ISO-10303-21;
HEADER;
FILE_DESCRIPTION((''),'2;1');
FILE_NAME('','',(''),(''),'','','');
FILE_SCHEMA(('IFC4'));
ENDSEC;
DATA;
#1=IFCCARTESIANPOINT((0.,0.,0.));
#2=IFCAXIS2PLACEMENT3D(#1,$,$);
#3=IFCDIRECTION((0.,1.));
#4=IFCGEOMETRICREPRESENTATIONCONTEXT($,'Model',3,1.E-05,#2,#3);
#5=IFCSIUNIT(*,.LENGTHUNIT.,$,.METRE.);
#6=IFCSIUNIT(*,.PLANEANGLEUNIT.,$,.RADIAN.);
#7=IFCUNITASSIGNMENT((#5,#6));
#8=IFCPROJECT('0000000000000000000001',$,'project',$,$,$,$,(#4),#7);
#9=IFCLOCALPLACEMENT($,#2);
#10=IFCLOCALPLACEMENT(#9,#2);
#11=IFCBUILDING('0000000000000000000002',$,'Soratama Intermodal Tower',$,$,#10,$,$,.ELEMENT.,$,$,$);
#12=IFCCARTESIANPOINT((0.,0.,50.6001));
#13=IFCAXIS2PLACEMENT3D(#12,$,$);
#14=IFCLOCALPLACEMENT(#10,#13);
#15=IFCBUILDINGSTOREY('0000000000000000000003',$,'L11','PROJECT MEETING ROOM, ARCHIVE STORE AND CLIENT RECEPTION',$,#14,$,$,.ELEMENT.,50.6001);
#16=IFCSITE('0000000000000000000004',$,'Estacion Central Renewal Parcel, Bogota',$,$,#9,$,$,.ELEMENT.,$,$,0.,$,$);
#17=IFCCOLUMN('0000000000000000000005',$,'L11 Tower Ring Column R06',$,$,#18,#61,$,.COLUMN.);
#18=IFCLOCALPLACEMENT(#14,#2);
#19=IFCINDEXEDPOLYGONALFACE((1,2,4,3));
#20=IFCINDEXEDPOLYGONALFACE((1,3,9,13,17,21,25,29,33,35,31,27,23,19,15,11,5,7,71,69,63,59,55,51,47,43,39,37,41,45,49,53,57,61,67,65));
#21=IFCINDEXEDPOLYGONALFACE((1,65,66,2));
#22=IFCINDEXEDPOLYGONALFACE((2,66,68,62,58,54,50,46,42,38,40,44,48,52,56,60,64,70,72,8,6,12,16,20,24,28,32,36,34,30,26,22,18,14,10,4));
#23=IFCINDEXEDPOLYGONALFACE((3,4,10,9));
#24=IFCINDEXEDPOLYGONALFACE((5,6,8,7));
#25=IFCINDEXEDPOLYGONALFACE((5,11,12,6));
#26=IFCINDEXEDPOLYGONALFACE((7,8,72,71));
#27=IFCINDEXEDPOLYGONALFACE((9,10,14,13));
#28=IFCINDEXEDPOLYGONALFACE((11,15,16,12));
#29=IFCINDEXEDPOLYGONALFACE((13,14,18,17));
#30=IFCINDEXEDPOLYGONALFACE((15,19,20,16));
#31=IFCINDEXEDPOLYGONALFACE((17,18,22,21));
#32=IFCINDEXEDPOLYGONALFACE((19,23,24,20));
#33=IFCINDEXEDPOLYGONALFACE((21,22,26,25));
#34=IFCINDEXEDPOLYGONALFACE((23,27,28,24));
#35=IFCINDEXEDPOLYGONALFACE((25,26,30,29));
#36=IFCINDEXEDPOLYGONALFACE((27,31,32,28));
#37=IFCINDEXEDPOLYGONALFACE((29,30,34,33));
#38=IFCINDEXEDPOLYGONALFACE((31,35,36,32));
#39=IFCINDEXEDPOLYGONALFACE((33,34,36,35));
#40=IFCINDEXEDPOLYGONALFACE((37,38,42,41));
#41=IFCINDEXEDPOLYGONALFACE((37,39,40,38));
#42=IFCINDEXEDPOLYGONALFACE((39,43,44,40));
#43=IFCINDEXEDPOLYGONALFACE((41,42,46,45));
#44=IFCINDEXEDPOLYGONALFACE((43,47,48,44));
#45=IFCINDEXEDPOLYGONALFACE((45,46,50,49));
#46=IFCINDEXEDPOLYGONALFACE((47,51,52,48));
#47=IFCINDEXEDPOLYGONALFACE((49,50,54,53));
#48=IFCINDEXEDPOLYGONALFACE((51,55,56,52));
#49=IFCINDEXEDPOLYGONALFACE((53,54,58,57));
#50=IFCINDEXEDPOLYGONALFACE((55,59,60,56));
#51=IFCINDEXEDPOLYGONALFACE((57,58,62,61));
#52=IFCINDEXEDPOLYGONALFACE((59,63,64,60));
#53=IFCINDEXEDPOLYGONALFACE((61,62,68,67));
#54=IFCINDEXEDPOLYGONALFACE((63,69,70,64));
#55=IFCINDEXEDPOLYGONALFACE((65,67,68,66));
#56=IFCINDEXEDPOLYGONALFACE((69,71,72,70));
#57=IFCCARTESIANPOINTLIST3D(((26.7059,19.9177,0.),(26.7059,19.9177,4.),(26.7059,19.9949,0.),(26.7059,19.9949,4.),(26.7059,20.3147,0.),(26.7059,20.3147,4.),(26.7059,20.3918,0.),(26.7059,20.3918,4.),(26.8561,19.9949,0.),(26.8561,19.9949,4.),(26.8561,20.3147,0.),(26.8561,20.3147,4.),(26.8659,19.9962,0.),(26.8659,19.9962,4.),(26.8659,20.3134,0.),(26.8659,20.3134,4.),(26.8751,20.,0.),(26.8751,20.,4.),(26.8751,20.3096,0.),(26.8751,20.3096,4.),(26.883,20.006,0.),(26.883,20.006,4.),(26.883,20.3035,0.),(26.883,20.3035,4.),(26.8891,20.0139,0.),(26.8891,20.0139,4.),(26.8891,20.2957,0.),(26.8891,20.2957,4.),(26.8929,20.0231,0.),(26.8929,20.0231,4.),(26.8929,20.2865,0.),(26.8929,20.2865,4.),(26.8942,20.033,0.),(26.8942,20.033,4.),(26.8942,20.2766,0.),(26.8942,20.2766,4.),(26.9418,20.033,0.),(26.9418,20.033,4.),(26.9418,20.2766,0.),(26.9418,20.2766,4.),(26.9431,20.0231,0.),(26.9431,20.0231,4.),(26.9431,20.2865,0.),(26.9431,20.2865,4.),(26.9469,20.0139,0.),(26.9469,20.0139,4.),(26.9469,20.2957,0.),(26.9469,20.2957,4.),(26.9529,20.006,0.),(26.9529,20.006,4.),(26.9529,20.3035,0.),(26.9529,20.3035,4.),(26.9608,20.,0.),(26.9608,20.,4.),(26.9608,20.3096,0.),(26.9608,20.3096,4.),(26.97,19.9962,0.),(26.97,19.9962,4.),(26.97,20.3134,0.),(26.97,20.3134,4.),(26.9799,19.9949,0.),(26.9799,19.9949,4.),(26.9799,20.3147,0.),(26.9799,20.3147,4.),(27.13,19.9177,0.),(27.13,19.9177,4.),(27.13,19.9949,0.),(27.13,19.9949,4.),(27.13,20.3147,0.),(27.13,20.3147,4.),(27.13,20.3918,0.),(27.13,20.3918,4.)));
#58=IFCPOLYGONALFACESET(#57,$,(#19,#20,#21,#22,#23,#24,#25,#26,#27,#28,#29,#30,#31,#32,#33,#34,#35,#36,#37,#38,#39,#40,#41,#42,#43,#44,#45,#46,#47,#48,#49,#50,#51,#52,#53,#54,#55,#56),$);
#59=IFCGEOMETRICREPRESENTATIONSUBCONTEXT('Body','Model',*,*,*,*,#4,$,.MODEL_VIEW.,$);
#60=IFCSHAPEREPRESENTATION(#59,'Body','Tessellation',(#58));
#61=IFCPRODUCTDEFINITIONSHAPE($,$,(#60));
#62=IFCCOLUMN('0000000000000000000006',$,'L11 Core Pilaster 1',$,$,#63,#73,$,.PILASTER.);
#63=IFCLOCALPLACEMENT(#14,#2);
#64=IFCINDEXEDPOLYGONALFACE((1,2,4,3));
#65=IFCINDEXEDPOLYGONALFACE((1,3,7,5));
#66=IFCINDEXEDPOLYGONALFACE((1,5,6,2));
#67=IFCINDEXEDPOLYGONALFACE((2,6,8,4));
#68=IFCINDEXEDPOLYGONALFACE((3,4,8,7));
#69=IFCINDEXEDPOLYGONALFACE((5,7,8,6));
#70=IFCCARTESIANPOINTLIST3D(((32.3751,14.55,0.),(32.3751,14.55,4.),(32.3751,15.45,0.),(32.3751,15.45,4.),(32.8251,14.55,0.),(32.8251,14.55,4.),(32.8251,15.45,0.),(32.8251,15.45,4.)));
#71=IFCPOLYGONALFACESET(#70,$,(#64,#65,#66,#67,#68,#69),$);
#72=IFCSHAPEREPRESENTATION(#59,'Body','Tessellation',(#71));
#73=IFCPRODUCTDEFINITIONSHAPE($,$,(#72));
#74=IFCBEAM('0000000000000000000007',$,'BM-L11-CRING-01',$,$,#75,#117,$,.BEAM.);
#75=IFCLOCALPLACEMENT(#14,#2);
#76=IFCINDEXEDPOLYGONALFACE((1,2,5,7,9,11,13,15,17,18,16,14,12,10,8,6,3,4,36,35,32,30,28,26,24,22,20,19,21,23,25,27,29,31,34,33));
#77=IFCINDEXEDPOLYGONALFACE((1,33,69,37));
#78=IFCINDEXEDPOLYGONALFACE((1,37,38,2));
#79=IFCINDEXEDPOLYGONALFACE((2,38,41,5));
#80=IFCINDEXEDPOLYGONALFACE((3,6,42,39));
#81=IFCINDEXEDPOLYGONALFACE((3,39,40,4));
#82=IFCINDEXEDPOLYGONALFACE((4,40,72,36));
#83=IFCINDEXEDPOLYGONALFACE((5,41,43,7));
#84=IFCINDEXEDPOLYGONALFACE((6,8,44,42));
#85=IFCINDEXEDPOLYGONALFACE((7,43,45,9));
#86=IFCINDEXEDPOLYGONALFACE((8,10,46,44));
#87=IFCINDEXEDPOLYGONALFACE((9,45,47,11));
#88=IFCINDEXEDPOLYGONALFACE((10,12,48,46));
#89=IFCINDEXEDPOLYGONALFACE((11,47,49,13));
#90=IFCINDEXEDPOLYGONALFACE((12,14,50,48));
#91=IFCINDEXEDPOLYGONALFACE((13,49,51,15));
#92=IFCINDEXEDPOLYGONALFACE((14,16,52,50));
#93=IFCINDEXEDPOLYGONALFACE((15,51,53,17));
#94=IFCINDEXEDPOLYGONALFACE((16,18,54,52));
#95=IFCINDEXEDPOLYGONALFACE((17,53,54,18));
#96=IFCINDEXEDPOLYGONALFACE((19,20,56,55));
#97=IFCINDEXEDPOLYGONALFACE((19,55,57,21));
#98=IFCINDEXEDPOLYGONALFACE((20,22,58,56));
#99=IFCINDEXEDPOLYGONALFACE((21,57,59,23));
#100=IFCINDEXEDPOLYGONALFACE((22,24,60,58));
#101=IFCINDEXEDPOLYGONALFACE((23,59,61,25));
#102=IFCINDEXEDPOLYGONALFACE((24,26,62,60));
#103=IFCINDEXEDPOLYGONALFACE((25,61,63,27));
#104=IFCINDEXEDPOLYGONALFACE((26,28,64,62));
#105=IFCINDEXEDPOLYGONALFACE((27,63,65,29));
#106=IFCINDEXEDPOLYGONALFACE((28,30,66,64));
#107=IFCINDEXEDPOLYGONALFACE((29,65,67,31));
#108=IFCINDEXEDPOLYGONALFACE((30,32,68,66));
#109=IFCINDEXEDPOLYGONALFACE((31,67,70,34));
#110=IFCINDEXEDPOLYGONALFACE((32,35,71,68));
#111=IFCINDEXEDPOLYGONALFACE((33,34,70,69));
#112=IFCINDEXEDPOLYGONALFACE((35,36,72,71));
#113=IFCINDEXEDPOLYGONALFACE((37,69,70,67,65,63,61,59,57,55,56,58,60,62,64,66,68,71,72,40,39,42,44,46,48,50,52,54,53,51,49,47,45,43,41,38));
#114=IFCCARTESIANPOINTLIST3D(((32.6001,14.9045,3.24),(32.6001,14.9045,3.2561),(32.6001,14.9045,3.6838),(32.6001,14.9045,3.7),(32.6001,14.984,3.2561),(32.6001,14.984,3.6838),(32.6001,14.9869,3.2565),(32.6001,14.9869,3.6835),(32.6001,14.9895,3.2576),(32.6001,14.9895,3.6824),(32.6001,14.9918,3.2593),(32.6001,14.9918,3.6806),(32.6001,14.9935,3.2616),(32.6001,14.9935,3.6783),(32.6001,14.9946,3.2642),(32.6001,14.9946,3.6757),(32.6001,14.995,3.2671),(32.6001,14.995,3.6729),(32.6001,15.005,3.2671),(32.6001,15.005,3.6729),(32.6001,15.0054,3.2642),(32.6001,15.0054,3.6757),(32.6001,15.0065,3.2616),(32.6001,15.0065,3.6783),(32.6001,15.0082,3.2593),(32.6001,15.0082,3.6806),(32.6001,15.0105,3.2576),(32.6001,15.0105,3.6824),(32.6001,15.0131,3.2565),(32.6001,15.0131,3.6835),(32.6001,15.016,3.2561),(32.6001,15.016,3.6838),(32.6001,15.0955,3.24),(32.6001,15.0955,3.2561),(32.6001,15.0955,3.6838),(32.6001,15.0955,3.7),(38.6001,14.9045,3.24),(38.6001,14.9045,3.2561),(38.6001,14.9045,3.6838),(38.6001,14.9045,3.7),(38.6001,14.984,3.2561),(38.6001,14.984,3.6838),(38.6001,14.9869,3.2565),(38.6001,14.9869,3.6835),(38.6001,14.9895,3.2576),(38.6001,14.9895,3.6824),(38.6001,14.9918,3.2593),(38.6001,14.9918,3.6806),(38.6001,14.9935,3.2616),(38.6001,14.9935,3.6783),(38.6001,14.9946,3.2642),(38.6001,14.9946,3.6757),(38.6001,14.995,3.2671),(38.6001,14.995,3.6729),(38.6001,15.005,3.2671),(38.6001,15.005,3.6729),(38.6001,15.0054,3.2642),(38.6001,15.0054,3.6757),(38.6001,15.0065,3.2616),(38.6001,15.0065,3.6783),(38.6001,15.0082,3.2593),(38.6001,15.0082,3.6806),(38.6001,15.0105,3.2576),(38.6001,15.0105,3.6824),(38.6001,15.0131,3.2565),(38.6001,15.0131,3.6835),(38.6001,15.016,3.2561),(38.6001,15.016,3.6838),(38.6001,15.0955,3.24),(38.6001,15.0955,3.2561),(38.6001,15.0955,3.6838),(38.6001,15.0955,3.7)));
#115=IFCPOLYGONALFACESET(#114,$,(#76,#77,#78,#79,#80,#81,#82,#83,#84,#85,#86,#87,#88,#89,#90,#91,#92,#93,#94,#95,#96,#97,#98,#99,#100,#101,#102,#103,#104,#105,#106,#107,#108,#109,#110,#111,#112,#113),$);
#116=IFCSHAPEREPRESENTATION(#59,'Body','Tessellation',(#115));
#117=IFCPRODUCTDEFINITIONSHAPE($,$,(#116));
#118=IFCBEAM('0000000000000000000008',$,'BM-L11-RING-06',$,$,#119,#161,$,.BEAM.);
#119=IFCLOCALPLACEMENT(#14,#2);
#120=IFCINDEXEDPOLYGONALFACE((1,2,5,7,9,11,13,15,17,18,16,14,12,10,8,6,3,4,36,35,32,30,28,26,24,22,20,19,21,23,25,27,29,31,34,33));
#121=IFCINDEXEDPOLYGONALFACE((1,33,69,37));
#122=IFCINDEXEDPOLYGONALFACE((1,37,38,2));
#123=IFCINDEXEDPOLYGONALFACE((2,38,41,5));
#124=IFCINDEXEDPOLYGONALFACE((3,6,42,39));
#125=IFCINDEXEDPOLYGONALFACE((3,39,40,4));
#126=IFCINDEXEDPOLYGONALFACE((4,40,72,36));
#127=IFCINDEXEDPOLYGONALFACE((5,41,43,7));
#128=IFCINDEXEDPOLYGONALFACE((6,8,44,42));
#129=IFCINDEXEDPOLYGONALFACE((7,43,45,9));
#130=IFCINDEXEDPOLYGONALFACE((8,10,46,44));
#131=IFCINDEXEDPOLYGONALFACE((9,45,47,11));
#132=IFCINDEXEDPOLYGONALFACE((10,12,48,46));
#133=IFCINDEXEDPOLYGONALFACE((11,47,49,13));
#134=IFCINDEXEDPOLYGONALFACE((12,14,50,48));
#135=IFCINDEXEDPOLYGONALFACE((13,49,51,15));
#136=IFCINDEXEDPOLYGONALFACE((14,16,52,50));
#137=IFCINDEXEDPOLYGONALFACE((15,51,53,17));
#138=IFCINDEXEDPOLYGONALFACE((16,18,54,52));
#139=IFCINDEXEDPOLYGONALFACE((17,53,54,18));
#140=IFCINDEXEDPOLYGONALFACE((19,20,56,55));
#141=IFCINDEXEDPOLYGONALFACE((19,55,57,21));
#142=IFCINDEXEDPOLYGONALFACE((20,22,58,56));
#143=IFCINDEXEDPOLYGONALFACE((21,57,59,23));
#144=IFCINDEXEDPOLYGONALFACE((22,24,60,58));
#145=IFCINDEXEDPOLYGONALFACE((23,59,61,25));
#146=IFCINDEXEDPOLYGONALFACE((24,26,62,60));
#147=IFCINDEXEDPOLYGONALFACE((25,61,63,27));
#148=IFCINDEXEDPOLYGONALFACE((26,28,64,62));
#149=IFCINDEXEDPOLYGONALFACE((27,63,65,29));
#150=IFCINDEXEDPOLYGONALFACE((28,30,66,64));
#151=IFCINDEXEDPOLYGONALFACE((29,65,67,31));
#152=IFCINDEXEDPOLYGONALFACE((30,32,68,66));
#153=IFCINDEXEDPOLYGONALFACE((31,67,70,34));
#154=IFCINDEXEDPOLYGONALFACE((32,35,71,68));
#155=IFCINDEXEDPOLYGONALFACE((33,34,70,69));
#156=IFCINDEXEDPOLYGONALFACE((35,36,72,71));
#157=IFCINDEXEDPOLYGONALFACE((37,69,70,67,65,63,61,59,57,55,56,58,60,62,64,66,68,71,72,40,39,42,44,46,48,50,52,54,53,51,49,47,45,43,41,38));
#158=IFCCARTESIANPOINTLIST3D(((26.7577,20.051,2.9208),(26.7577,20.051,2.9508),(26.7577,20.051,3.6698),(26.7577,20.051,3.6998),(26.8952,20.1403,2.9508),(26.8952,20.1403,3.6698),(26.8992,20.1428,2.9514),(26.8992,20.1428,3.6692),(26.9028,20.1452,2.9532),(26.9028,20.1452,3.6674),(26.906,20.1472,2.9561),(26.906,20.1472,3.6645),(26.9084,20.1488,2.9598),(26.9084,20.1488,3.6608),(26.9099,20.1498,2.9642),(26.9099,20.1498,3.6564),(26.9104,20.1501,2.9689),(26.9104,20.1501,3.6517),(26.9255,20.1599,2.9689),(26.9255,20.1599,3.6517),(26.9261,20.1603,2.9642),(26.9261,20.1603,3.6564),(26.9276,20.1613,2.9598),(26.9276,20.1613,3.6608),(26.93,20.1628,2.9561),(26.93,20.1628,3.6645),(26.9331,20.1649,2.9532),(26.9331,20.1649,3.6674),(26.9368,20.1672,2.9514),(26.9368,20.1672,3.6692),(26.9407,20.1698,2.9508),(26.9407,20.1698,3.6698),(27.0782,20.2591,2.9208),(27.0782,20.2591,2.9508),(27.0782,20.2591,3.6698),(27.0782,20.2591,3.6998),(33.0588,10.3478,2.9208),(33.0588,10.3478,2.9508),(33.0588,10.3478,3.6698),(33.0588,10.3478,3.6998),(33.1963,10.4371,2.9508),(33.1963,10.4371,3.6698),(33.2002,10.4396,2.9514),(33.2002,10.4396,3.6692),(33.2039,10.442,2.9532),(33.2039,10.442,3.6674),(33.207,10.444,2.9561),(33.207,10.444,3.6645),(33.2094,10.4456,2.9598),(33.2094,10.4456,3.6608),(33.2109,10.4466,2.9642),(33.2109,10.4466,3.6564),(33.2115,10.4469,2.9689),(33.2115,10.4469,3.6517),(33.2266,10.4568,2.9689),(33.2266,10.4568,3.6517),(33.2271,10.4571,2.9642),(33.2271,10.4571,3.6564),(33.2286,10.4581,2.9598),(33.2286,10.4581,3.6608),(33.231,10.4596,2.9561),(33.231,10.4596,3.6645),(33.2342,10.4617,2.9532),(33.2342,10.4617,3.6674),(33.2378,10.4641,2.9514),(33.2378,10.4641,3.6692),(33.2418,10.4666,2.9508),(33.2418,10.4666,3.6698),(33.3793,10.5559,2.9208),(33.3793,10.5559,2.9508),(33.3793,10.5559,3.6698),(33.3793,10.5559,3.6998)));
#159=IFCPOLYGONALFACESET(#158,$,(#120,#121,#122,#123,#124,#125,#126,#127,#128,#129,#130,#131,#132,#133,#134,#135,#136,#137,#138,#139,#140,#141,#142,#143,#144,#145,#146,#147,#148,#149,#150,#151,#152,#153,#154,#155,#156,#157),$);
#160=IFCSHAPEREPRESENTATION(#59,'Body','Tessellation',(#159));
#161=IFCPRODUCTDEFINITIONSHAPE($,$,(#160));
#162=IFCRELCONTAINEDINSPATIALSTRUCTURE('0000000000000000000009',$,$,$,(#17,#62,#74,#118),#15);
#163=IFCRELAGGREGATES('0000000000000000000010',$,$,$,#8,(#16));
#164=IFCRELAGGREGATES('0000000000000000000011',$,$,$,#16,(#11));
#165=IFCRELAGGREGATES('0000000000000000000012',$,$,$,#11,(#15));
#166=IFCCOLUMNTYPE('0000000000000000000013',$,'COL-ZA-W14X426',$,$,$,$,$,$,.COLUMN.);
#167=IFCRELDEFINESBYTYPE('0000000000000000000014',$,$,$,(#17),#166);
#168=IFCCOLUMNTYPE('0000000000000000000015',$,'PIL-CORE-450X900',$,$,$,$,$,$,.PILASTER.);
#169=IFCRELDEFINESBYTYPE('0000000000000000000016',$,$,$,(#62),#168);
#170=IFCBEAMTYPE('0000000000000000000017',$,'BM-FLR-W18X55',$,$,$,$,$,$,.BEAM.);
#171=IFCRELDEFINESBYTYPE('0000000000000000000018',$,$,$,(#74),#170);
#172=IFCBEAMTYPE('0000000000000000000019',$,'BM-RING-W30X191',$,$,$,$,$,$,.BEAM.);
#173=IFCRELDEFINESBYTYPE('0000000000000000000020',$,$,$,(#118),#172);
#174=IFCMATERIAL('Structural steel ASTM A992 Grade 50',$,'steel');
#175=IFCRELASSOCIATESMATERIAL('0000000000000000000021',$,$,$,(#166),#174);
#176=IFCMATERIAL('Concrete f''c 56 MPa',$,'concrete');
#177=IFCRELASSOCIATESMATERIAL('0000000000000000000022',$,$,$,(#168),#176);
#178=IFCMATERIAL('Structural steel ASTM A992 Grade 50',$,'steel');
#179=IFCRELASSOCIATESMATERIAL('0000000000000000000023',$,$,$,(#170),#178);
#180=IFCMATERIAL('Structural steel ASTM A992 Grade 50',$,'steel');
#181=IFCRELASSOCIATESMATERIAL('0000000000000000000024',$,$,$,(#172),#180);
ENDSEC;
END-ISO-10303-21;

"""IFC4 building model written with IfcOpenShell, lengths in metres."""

from ifc_helpers import new_model, si_unit, direction, frame, origin, origin_2d, place, context, subcontext, project, spatial, rectangle, i_section, extrude, material, material_profile, profile_set, type_object, element, save


model = new_model("IFC4")

# Units and contexts
model_context = context("Model", 3, precision=1e-05, world=origin(), true_north=direction((0.0, 1.0)))
body_context = subcontext(model_context, "Body", "Model", "MODEL_VIEW")
ifc_project = project(units=[si_unit("LENGTHUNIT", "METRE"), si_unit("PLANEANGLEUNIT", "RADIAN")], contexts=[model_context])

# Site, building, storey
site_placement = place(None, origin())
site = spatial("IfcSite", under=ifc_project, at=site_placement, Name="Estacion Central Renewal Parcel, Bogota", CompositionType="ELEMENT", RefElevation=0.0)
building_placement = place(site_placement, origin())
building = spatial("IfcBuilding", under=site, at=building_placement, Name="Soratama Intermodal Tower", CompositionType="ELEMENT")
storey_placement = place(building_placement, frame((0.0, 0.0, 50.6001)))
storey = spatial("IfcBuildingStorey", under=building, at=storey_placement, Name="L11", Description="PROJECT MEETING ROOM, ARCHIVE STORE AND CLIENT RECEPTION", CompositionType="ELEMENT", Elevation=50.6001)

# Columns
ifc_material_1 = material(Name="Structural steel ASTM A992 Grade 50", Category="steel")
ifc_material_profile_1 = material_profile(ifc_material_1, i_section(OverallWidth=0.4241, OverallDepth=0.4741, WebThickness=0.0476, FlangeThickness=0.0771, FilletRadius=0.0381, at=origin_2d()), Name="W14X426")
ifc_profile_set_1 = profile_set([ifc_material_profile_1], Name="Structural steel ASTM A992 Grade 50")
column_type_1 = type_object("IfcColumnType", Name="COL-ZA-W14X426", PredefinedType="COLUMN", material=ifc_profile_set_1)
column_1_placement = place(storey_placement, frame((26.918, 20.1548, 0.0), z_axis=(0.0, 0.0, 1.0), x_axis=(1.0, 0.0, 0.0)))
element("IfcColumn", 1, at=column_1_placement, inside=storey, type_object=column_type_1, Name="L11 Tower Ring Column R06", PredefinedType="COLUMN", context=body_context, shape_type="SweptSolid", body=[
    extrude(i_section(OverallWidth=0.4241, OverallDepth=0.4741, WebThickness=0.0476, FlangeThickness=0.0771, FilletRadius=0.0381, at=origin_2d()), origin(), (0.0, 0.0, 1.0), 4.0),
])
ifc_material_2 = material(Name="Concrete f'c 56 MPa", Category="concrete")
ifc_material_profile_2 = material_profile(ifc_material_2, rectangle(XDim=0.45, YDim=0.8999, at=origin_2d()), Name="RC450X900")
ifc_profile_set_2 = profile_set([ifc_material_profile_2], Name="Concrete f'c 56 MPa")
column_type_2 = type_object("IfcColumnType", Name="PIL-CORE-450X900", PredefinedType="PILASTER", material=ifc_profile_set_2)
column_2_placement = place(storey_placement, frame((32.6001, 15.0, 0.0), z_axis=(0.0, 0.0, 1.0), x_axis=(1.0, 0.0, 0.0)))
element("IfcColumn", 2, at=column_2_placement, inside=storey, type_object=column_type_2, Name="L11 Core Pilaster 1", PredefinedType="PILASTER", context=body_context, shape_type="SweptSolid", body=[
    extrude(rectangle(XDim=0.45, YDim=0.8999, at=origin_2d()), origin(), (0.0, 0.0, 1.0), 4.0),
])

# Beams
ifc_material_3 = material(Name="Structural steel ASTM A992 Grade 50", Category="steel")
ifc_material_profile_3 = material_profile(ifc_material_3, i_section(OverallWidth=0.1909, OverallDepth=0.46, WebThickness=0.01, FlangeThickness=0.0161, FilletRadius=0.011, at=origin_2d()), Name="W18X55")
ifc_profile_set_3 = profile_set([ifc_material_profile_3], Name="Structural steel ASTM A992 Grade 50")
beam_type_1 = type_object("IfcBeamType", Name="BM-FLR-W18X55", PredefinedType="BEAM", material=ifc_profile_set_3)
beam_1_placement = place(storey_placement, frame((32.6001, 15.0, 3.47), z_axis=(1.0, 0.0, 0.0), x_axis=(0.0, 1.0, 0.0)))
element("IfcBeam", 3, at=beam_1_placement, inside=storey, type_object=beam_type_1, Name="BM-L11-CRING-01", PredefinedType="BEAM", context=body_context, shape_type="SweptSolid", body=[
    extrude(i_section(OverallWidth=0.1909, OverallDepth=0.46, WebThickness=0.01, FlangeThickness=0.0161, FilletRadius=0.011, at=origin_2d()), origin(), (0.0, 0.0, 1.0), 6.0),
])
ifc_material_4 = material(Name="Structural steel ASTM A992 Grade 50", Category="steel")
ifc_material_profile_4 = material_profile(ifc_material_4, i_section(OverallWidth=0.3821, OverallDepth=0.7791, WebThickness=0.0181, FlangeThickness=0.03, FilletRadius=0.0181, at=origin_2d()), Name="W30X191")
ifc_profile_set_4 = profile_set([ifc_material_profile_4], Name="Structural steel ASTM A992 Grade 50")
beam_type_2 = type_object("IfcBeamType", Name="BM-RING-W30X191", PredefinedType="BEAM", material=ifc_profile_set_4)
beam_2_placement = place(storey_placement, frame((26.918, 20.155, 3.3103), z_axis=(0.544623, -0.838681, 0.0), x_axis=(0.838681, 0.544623, 0.0)))
element("IfcBeam", 4, at=beam_2_placement, inside=storey, type_object=beam_type_2, Name="BM-L11-RING-06", PredefinedType="BEAM", context=body_context, shape_type="SweptSolid", body=[
    extrude(i_section(OverallWidth=0.3821, OverallDepth=0.7791, WebThickness=0.0181, FlangeThickness=0.03, FilletRadius=0.0181, at=origin_2d()), origin(), (0.0, 0.0, 1.0), 11.5696),
])

save(model, "model.ifc")
